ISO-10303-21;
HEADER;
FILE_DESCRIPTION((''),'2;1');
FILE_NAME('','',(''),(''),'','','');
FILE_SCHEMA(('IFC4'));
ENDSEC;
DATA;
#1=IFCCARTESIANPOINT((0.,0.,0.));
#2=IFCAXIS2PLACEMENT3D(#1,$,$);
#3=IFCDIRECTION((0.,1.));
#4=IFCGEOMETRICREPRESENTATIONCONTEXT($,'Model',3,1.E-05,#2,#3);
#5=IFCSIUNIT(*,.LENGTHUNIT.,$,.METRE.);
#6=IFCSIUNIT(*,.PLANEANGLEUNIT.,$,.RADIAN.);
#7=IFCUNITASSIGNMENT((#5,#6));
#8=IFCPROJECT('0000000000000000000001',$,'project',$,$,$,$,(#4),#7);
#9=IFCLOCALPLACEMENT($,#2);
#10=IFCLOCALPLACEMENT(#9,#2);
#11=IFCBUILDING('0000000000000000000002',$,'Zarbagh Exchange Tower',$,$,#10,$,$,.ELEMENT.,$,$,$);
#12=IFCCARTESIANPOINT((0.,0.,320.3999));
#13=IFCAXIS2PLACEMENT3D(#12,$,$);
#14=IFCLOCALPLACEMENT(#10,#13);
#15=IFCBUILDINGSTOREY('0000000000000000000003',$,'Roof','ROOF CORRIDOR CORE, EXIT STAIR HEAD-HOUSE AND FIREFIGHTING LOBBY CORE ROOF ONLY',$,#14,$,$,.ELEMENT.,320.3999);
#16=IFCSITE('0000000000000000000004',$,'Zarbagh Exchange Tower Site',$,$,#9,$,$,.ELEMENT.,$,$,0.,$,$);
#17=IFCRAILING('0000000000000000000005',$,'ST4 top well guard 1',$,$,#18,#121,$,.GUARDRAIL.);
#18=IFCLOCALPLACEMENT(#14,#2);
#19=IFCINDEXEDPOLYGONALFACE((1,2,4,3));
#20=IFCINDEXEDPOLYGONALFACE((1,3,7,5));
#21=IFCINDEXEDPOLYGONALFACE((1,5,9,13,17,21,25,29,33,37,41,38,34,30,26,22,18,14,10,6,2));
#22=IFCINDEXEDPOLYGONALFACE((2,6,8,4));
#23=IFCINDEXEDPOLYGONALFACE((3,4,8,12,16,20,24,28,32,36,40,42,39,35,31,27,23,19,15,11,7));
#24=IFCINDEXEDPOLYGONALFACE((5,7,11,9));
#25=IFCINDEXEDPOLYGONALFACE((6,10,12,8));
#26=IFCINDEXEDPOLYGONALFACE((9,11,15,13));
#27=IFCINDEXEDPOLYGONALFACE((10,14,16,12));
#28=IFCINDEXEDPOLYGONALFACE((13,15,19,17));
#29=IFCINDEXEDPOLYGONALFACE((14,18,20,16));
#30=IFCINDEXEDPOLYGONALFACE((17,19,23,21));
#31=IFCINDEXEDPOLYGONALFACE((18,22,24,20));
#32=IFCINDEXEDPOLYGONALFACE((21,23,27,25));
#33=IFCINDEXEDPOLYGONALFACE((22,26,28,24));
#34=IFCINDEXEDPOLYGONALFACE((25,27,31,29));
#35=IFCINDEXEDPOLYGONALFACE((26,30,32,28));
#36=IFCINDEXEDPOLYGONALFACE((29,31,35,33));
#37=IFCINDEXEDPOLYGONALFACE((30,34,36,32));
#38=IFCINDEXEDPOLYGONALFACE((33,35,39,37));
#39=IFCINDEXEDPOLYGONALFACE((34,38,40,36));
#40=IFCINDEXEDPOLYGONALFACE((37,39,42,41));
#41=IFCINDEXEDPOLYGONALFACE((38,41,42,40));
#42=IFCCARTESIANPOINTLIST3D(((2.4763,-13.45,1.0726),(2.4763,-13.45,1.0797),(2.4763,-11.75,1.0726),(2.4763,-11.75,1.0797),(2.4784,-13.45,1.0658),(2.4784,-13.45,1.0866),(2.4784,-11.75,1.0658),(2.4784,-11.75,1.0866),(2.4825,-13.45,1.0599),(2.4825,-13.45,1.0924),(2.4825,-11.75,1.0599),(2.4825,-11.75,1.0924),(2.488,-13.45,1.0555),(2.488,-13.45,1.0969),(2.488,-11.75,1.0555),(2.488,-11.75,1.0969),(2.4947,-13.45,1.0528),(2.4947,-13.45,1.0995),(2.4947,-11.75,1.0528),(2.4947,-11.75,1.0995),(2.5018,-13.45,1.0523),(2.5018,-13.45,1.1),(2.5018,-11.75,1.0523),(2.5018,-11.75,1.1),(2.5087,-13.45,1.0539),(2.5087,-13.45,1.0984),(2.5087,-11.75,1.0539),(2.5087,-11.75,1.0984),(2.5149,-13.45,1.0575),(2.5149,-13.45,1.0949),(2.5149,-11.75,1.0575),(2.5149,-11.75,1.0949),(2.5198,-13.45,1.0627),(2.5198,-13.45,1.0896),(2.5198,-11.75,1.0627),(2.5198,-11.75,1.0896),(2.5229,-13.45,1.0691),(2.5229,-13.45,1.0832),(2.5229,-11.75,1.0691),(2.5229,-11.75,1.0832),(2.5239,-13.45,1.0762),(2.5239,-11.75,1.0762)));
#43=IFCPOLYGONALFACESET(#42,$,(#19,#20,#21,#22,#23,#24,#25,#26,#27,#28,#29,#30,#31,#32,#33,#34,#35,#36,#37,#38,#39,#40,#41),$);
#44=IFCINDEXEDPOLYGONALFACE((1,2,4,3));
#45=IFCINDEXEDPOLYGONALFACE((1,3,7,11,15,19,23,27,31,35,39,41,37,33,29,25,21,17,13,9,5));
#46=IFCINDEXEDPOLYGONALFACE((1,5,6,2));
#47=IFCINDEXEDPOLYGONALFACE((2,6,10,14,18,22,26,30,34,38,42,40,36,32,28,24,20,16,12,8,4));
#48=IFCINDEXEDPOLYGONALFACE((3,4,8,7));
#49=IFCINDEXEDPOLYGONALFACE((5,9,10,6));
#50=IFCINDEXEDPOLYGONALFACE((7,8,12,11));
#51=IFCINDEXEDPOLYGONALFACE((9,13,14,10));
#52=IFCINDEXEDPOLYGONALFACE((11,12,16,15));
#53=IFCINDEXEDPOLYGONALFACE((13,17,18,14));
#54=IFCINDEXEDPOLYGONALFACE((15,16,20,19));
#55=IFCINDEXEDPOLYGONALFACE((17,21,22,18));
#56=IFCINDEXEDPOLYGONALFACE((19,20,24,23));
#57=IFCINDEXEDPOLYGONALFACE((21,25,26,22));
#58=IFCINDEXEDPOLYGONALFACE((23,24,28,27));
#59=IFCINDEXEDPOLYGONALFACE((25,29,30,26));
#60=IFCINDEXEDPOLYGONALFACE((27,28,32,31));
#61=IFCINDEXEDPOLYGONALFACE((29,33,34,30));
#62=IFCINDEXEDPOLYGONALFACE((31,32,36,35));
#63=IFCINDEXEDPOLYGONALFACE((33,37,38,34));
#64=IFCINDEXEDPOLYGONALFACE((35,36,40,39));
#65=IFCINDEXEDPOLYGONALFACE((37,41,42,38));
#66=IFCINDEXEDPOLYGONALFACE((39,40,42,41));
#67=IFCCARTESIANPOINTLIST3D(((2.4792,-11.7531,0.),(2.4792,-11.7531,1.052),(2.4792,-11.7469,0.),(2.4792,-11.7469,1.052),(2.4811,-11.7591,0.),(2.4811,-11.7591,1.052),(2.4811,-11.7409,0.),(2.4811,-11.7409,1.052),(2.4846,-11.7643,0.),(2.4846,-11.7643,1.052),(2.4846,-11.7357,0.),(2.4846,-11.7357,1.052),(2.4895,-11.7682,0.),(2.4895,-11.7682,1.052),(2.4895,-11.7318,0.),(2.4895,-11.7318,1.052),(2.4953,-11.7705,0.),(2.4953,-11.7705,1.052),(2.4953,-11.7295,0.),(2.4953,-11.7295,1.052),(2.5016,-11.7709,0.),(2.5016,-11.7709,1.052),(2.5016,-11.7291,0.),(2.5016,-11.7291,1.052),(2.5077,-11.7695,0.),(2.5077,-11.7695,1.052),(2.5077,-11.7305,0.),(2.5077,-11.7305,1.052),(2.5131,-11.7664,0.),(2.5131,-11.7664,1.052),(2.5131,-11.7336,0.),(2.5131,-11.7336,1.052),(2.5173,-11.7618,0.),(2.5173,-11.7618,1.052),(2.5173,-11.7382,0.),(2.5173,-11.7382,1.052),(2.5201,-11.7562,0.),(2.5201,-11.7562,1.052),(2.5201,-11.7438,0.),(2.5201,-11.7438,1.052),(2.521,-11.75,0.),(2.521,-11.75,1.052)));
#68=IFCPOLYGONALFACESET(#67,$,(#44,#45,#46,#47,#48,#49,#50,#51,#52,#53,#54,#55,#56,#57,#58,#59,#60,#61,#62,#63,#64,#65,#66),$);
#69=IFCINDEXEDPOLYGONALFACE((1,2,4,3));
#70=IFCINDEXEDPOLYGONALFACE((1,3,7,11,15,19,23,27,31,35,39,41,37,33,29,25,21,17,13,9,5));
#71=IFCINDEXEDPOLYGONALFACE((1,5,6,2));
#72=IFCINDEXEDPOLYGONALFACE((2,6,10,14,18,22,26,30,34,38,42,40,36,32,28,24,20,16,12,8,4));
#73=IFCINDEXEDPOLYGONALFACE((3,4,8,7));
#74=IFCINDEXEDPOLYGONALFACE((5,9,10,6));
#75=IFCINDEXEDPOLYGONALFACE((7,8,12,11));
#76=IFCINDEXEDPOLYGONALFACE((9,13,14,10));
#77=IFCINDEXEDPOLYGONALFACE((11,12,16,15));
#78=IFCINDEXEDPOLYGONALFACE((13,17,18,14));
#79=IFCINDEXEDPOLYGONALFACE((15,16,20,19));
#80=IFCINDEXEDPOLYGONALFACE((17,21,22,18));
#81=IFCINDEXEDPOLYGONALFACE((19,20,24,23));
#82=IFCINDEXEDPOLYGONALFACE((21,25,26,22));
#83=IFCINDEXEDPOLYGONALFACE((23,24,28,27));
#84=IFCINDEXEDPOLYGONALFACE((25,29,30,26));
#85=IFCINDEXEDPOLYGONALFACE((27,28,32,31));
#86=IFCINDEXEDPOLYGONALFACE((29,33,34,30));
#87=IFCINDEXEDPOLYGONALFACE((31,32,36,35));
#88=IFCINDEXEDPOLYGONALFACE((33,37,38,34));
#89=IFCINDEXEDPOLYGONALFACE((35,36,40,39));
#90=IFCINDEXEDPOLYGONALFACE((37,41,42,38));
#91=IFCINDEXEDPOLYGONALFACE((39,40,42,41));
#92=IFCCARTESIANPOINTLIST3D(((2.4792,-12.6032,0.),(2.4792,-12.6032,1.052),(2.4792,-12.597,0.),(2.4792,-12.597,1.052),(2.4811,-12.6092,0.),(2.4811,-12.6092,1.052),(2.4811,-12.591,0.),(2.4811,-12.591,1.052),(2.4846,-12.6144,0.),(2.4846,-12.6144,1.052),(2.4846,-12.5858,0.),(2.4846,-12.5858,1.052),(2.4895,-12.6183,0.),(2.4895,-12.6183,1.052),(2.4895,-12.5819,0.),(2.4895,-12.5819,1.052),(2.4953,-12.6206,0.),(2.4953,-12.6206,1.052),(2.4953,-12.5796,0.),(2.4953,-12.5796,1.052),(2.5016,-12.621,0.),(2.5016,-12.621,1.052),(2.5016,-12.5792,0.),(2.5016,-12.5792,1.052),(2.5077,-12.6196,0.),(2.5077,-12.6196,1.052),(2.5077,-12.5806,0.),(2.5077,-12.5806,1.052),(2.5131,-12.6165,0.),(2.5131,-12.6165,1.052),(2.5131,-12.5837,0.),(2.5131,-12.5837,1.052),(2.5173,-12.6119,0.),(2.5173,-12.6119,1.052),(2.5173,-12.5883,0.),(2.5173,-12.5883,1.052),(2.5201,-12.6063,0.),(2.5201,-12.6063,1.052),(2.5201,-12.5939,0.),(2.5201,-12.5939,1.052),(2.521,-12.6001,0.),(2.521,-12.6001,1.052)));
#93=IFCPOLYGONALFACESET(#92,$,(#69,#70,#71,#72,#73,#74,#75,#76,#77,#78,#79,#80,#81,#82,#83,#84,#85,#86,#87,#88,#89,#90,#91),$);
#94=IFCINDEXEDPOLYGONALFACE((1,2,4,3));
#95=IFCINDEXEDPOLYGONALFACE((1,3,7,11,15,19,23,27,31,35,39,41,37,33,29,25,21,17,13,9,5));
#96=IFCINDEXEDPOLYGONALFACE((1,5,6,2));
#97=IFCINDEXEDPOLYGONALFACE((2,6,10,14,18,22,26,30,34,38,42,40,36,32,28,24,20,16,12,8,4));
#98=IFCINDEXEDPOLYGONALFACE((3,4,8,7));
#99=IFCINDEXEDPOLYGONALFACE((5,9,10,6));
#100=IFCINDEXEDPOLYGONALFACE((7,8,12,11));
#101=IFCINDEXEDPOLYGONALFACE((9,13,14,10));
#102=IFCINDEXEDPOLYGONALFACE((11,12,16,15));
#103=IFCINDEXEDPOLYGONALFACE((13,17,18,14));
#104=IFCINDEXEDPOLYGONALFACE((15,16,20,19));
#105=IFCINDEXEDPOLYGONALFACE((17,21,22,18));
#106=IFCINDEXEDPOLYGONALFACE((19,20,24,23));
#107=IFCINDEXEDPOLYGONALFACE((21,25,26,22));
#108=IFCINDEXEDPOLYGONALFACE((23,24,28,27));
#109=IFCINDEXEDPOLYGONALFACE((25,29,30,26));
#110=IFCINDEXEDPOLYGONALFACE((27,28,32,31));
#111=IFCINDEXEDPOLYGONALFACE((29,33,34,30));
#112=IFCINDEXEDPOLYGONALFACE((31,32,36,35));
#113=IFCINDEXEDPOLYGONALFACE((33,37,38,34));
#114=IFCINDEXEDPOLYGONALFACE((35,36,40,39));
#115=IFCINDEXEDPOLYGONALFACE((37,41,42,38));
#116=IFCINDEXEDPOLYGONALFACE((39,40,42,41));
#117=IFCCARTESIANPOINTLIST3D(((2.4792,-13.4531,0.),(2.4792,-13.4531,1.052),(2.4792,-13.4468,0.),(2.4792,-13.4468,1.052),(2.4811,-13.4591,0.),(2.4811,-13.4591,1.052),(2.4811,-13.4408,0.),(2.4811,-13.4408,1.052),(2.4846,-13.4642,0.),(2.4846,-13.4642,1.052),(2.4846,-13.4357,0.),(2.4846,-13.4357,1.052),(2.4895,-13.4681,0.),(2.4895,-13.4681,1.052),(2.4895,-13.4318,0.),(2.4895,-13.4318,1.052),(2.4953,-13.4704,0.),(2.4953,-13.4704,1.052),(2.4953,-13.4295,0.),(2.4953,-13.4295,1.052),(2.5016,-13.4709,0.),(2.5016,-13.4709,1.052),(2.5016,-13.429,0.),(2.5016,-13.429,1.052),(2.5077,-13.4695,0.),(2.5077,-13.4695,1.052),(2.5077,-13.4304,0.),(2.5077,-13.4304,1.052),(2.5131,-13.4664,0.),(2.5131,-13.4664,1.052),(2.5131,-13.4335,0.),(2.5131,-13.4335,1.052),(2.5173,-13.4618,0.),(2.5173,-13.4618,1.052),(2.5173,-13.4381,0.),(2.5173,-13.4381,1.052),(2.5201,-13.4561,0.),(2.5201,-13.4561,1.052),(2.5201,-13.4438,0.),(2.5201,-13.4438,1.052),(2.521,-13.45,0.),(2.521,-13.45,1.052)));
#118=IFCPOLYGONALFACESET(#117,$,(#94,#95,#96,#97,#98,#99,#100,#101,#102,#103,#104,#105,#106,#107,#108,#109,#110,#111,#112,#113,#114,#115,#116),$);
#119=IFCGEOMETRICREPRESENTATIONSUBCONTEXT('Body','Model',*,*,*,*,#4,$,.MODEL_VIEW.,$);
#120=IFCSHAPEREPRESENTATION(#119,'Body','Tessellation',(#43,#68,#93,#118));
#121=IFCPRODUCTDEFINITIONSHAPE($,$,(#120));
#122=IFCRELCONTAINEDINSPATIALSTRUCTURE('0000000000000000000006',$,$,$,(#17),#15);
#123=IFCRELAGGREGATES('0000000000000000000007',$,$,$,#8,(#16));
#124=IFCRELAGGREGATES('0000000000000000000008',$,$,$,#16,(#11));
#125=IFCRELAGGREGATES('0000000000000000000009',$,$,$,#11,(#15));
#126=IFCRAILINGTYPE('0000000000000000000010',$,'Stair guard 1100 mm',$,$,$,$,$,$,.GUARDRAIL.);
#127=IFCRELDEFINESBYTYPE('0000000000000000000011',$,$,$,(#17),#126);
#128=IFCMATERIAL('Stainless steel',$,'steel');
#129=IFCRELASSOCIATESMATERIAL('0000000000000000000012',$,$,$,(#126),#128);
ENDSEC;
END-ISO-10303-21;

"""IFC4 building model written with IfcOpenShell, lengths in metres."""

from ifc_helpers import new_model, si_unit, direction, frame, origin, origin_2d, place, context, subcontext, project, spatial, circle, extrude, material, type_object, element, save


model = new_model("IFC4")

# Units and contexts
model_context = context("Model", 3, precision=1e-05, world=origin(), true_north=direction((0.0, 1.0)))
body_context = subcontext(model_context, "Body", "Model", "MODEL_VIEW")
ifc_project = project(units=[si_unit("LENGTHUNIT", "METRE"), si_unit("PLANEANGLEUNIT", "RADIAN")], contexts=[model_context])

# Site, building, storey
site_placement = place(None, origin())
site = spatial("IfcSite", under=ifc_project, at=site_placement, Name="Zarbagh Exchange Tower Site", CompositionType="ELEMENT", RefElevation=0.0)
building_placement = place(site_placement, origin())
building = spatial("IfcBuilding", under=site, at=building_placement, Name="Zarbagh Exchange Tower", CompositionType="ELEMENT")
storey_placement = place(building_placement, frame((0.0, 0.0, 320.3999)))
storey = spatial("IfcBuildingStorey", under=building, at=storey_placement, Name="Roof", Description="ROOF CORRIDOR CORE, EXIT STAIR HEAD-HOUSE AND FIREFIGHTING LOBBY CORE ROOF ONLY", CompositionType="ELEMENT", Elevation=320.3999)

# Shared definitions
ifc_material_1 = material(Name="Stainless steel", Category="steel")

# Railing
railing_type = type_object("IfcRailingType", Name="Stair guard 1100 mm", PredefinedType="GUARDRAIL", material=ifc_material_1)
railing_1_placement = place(storey_placement, frame((2.5, -11.75, 0.0)))
element("IfcRailing", 1, at=railing_1_placement, inside=storey, type_object=railing_type, Name="ST4 top well guard 1", PredefinedType="GUARDRAIL", context=body_context, shape_type="SweptSolid", body=[
    extrude(circle(Radius=0.0239, at=origin_2d()), frame((0.0, 0.0, 1.0762), z_axis=(0.0, -1.0, 0.0), x_axis=(1.0, 0.0, 0.0)), (0.0, 0.0, 1.0), 1.7),
    extrude(circle(Radius=0.021, at=origin_2d()), origin(), (0.0, 0.0, 1.0), 1.052),
    extrude(circle(Radius=0.021, at=origin_2d()), frame((0.0, -0.8501, 0.0)), (0.0, 0.0, 1.0), 1.052),
    extrude(circle(Radius=0.021, at=origin_2d()), frame((0.0, -1.7, 0.0)), (0.0, 0.0, 1.0), 1.052),
])

save(model, "model.ifc")
